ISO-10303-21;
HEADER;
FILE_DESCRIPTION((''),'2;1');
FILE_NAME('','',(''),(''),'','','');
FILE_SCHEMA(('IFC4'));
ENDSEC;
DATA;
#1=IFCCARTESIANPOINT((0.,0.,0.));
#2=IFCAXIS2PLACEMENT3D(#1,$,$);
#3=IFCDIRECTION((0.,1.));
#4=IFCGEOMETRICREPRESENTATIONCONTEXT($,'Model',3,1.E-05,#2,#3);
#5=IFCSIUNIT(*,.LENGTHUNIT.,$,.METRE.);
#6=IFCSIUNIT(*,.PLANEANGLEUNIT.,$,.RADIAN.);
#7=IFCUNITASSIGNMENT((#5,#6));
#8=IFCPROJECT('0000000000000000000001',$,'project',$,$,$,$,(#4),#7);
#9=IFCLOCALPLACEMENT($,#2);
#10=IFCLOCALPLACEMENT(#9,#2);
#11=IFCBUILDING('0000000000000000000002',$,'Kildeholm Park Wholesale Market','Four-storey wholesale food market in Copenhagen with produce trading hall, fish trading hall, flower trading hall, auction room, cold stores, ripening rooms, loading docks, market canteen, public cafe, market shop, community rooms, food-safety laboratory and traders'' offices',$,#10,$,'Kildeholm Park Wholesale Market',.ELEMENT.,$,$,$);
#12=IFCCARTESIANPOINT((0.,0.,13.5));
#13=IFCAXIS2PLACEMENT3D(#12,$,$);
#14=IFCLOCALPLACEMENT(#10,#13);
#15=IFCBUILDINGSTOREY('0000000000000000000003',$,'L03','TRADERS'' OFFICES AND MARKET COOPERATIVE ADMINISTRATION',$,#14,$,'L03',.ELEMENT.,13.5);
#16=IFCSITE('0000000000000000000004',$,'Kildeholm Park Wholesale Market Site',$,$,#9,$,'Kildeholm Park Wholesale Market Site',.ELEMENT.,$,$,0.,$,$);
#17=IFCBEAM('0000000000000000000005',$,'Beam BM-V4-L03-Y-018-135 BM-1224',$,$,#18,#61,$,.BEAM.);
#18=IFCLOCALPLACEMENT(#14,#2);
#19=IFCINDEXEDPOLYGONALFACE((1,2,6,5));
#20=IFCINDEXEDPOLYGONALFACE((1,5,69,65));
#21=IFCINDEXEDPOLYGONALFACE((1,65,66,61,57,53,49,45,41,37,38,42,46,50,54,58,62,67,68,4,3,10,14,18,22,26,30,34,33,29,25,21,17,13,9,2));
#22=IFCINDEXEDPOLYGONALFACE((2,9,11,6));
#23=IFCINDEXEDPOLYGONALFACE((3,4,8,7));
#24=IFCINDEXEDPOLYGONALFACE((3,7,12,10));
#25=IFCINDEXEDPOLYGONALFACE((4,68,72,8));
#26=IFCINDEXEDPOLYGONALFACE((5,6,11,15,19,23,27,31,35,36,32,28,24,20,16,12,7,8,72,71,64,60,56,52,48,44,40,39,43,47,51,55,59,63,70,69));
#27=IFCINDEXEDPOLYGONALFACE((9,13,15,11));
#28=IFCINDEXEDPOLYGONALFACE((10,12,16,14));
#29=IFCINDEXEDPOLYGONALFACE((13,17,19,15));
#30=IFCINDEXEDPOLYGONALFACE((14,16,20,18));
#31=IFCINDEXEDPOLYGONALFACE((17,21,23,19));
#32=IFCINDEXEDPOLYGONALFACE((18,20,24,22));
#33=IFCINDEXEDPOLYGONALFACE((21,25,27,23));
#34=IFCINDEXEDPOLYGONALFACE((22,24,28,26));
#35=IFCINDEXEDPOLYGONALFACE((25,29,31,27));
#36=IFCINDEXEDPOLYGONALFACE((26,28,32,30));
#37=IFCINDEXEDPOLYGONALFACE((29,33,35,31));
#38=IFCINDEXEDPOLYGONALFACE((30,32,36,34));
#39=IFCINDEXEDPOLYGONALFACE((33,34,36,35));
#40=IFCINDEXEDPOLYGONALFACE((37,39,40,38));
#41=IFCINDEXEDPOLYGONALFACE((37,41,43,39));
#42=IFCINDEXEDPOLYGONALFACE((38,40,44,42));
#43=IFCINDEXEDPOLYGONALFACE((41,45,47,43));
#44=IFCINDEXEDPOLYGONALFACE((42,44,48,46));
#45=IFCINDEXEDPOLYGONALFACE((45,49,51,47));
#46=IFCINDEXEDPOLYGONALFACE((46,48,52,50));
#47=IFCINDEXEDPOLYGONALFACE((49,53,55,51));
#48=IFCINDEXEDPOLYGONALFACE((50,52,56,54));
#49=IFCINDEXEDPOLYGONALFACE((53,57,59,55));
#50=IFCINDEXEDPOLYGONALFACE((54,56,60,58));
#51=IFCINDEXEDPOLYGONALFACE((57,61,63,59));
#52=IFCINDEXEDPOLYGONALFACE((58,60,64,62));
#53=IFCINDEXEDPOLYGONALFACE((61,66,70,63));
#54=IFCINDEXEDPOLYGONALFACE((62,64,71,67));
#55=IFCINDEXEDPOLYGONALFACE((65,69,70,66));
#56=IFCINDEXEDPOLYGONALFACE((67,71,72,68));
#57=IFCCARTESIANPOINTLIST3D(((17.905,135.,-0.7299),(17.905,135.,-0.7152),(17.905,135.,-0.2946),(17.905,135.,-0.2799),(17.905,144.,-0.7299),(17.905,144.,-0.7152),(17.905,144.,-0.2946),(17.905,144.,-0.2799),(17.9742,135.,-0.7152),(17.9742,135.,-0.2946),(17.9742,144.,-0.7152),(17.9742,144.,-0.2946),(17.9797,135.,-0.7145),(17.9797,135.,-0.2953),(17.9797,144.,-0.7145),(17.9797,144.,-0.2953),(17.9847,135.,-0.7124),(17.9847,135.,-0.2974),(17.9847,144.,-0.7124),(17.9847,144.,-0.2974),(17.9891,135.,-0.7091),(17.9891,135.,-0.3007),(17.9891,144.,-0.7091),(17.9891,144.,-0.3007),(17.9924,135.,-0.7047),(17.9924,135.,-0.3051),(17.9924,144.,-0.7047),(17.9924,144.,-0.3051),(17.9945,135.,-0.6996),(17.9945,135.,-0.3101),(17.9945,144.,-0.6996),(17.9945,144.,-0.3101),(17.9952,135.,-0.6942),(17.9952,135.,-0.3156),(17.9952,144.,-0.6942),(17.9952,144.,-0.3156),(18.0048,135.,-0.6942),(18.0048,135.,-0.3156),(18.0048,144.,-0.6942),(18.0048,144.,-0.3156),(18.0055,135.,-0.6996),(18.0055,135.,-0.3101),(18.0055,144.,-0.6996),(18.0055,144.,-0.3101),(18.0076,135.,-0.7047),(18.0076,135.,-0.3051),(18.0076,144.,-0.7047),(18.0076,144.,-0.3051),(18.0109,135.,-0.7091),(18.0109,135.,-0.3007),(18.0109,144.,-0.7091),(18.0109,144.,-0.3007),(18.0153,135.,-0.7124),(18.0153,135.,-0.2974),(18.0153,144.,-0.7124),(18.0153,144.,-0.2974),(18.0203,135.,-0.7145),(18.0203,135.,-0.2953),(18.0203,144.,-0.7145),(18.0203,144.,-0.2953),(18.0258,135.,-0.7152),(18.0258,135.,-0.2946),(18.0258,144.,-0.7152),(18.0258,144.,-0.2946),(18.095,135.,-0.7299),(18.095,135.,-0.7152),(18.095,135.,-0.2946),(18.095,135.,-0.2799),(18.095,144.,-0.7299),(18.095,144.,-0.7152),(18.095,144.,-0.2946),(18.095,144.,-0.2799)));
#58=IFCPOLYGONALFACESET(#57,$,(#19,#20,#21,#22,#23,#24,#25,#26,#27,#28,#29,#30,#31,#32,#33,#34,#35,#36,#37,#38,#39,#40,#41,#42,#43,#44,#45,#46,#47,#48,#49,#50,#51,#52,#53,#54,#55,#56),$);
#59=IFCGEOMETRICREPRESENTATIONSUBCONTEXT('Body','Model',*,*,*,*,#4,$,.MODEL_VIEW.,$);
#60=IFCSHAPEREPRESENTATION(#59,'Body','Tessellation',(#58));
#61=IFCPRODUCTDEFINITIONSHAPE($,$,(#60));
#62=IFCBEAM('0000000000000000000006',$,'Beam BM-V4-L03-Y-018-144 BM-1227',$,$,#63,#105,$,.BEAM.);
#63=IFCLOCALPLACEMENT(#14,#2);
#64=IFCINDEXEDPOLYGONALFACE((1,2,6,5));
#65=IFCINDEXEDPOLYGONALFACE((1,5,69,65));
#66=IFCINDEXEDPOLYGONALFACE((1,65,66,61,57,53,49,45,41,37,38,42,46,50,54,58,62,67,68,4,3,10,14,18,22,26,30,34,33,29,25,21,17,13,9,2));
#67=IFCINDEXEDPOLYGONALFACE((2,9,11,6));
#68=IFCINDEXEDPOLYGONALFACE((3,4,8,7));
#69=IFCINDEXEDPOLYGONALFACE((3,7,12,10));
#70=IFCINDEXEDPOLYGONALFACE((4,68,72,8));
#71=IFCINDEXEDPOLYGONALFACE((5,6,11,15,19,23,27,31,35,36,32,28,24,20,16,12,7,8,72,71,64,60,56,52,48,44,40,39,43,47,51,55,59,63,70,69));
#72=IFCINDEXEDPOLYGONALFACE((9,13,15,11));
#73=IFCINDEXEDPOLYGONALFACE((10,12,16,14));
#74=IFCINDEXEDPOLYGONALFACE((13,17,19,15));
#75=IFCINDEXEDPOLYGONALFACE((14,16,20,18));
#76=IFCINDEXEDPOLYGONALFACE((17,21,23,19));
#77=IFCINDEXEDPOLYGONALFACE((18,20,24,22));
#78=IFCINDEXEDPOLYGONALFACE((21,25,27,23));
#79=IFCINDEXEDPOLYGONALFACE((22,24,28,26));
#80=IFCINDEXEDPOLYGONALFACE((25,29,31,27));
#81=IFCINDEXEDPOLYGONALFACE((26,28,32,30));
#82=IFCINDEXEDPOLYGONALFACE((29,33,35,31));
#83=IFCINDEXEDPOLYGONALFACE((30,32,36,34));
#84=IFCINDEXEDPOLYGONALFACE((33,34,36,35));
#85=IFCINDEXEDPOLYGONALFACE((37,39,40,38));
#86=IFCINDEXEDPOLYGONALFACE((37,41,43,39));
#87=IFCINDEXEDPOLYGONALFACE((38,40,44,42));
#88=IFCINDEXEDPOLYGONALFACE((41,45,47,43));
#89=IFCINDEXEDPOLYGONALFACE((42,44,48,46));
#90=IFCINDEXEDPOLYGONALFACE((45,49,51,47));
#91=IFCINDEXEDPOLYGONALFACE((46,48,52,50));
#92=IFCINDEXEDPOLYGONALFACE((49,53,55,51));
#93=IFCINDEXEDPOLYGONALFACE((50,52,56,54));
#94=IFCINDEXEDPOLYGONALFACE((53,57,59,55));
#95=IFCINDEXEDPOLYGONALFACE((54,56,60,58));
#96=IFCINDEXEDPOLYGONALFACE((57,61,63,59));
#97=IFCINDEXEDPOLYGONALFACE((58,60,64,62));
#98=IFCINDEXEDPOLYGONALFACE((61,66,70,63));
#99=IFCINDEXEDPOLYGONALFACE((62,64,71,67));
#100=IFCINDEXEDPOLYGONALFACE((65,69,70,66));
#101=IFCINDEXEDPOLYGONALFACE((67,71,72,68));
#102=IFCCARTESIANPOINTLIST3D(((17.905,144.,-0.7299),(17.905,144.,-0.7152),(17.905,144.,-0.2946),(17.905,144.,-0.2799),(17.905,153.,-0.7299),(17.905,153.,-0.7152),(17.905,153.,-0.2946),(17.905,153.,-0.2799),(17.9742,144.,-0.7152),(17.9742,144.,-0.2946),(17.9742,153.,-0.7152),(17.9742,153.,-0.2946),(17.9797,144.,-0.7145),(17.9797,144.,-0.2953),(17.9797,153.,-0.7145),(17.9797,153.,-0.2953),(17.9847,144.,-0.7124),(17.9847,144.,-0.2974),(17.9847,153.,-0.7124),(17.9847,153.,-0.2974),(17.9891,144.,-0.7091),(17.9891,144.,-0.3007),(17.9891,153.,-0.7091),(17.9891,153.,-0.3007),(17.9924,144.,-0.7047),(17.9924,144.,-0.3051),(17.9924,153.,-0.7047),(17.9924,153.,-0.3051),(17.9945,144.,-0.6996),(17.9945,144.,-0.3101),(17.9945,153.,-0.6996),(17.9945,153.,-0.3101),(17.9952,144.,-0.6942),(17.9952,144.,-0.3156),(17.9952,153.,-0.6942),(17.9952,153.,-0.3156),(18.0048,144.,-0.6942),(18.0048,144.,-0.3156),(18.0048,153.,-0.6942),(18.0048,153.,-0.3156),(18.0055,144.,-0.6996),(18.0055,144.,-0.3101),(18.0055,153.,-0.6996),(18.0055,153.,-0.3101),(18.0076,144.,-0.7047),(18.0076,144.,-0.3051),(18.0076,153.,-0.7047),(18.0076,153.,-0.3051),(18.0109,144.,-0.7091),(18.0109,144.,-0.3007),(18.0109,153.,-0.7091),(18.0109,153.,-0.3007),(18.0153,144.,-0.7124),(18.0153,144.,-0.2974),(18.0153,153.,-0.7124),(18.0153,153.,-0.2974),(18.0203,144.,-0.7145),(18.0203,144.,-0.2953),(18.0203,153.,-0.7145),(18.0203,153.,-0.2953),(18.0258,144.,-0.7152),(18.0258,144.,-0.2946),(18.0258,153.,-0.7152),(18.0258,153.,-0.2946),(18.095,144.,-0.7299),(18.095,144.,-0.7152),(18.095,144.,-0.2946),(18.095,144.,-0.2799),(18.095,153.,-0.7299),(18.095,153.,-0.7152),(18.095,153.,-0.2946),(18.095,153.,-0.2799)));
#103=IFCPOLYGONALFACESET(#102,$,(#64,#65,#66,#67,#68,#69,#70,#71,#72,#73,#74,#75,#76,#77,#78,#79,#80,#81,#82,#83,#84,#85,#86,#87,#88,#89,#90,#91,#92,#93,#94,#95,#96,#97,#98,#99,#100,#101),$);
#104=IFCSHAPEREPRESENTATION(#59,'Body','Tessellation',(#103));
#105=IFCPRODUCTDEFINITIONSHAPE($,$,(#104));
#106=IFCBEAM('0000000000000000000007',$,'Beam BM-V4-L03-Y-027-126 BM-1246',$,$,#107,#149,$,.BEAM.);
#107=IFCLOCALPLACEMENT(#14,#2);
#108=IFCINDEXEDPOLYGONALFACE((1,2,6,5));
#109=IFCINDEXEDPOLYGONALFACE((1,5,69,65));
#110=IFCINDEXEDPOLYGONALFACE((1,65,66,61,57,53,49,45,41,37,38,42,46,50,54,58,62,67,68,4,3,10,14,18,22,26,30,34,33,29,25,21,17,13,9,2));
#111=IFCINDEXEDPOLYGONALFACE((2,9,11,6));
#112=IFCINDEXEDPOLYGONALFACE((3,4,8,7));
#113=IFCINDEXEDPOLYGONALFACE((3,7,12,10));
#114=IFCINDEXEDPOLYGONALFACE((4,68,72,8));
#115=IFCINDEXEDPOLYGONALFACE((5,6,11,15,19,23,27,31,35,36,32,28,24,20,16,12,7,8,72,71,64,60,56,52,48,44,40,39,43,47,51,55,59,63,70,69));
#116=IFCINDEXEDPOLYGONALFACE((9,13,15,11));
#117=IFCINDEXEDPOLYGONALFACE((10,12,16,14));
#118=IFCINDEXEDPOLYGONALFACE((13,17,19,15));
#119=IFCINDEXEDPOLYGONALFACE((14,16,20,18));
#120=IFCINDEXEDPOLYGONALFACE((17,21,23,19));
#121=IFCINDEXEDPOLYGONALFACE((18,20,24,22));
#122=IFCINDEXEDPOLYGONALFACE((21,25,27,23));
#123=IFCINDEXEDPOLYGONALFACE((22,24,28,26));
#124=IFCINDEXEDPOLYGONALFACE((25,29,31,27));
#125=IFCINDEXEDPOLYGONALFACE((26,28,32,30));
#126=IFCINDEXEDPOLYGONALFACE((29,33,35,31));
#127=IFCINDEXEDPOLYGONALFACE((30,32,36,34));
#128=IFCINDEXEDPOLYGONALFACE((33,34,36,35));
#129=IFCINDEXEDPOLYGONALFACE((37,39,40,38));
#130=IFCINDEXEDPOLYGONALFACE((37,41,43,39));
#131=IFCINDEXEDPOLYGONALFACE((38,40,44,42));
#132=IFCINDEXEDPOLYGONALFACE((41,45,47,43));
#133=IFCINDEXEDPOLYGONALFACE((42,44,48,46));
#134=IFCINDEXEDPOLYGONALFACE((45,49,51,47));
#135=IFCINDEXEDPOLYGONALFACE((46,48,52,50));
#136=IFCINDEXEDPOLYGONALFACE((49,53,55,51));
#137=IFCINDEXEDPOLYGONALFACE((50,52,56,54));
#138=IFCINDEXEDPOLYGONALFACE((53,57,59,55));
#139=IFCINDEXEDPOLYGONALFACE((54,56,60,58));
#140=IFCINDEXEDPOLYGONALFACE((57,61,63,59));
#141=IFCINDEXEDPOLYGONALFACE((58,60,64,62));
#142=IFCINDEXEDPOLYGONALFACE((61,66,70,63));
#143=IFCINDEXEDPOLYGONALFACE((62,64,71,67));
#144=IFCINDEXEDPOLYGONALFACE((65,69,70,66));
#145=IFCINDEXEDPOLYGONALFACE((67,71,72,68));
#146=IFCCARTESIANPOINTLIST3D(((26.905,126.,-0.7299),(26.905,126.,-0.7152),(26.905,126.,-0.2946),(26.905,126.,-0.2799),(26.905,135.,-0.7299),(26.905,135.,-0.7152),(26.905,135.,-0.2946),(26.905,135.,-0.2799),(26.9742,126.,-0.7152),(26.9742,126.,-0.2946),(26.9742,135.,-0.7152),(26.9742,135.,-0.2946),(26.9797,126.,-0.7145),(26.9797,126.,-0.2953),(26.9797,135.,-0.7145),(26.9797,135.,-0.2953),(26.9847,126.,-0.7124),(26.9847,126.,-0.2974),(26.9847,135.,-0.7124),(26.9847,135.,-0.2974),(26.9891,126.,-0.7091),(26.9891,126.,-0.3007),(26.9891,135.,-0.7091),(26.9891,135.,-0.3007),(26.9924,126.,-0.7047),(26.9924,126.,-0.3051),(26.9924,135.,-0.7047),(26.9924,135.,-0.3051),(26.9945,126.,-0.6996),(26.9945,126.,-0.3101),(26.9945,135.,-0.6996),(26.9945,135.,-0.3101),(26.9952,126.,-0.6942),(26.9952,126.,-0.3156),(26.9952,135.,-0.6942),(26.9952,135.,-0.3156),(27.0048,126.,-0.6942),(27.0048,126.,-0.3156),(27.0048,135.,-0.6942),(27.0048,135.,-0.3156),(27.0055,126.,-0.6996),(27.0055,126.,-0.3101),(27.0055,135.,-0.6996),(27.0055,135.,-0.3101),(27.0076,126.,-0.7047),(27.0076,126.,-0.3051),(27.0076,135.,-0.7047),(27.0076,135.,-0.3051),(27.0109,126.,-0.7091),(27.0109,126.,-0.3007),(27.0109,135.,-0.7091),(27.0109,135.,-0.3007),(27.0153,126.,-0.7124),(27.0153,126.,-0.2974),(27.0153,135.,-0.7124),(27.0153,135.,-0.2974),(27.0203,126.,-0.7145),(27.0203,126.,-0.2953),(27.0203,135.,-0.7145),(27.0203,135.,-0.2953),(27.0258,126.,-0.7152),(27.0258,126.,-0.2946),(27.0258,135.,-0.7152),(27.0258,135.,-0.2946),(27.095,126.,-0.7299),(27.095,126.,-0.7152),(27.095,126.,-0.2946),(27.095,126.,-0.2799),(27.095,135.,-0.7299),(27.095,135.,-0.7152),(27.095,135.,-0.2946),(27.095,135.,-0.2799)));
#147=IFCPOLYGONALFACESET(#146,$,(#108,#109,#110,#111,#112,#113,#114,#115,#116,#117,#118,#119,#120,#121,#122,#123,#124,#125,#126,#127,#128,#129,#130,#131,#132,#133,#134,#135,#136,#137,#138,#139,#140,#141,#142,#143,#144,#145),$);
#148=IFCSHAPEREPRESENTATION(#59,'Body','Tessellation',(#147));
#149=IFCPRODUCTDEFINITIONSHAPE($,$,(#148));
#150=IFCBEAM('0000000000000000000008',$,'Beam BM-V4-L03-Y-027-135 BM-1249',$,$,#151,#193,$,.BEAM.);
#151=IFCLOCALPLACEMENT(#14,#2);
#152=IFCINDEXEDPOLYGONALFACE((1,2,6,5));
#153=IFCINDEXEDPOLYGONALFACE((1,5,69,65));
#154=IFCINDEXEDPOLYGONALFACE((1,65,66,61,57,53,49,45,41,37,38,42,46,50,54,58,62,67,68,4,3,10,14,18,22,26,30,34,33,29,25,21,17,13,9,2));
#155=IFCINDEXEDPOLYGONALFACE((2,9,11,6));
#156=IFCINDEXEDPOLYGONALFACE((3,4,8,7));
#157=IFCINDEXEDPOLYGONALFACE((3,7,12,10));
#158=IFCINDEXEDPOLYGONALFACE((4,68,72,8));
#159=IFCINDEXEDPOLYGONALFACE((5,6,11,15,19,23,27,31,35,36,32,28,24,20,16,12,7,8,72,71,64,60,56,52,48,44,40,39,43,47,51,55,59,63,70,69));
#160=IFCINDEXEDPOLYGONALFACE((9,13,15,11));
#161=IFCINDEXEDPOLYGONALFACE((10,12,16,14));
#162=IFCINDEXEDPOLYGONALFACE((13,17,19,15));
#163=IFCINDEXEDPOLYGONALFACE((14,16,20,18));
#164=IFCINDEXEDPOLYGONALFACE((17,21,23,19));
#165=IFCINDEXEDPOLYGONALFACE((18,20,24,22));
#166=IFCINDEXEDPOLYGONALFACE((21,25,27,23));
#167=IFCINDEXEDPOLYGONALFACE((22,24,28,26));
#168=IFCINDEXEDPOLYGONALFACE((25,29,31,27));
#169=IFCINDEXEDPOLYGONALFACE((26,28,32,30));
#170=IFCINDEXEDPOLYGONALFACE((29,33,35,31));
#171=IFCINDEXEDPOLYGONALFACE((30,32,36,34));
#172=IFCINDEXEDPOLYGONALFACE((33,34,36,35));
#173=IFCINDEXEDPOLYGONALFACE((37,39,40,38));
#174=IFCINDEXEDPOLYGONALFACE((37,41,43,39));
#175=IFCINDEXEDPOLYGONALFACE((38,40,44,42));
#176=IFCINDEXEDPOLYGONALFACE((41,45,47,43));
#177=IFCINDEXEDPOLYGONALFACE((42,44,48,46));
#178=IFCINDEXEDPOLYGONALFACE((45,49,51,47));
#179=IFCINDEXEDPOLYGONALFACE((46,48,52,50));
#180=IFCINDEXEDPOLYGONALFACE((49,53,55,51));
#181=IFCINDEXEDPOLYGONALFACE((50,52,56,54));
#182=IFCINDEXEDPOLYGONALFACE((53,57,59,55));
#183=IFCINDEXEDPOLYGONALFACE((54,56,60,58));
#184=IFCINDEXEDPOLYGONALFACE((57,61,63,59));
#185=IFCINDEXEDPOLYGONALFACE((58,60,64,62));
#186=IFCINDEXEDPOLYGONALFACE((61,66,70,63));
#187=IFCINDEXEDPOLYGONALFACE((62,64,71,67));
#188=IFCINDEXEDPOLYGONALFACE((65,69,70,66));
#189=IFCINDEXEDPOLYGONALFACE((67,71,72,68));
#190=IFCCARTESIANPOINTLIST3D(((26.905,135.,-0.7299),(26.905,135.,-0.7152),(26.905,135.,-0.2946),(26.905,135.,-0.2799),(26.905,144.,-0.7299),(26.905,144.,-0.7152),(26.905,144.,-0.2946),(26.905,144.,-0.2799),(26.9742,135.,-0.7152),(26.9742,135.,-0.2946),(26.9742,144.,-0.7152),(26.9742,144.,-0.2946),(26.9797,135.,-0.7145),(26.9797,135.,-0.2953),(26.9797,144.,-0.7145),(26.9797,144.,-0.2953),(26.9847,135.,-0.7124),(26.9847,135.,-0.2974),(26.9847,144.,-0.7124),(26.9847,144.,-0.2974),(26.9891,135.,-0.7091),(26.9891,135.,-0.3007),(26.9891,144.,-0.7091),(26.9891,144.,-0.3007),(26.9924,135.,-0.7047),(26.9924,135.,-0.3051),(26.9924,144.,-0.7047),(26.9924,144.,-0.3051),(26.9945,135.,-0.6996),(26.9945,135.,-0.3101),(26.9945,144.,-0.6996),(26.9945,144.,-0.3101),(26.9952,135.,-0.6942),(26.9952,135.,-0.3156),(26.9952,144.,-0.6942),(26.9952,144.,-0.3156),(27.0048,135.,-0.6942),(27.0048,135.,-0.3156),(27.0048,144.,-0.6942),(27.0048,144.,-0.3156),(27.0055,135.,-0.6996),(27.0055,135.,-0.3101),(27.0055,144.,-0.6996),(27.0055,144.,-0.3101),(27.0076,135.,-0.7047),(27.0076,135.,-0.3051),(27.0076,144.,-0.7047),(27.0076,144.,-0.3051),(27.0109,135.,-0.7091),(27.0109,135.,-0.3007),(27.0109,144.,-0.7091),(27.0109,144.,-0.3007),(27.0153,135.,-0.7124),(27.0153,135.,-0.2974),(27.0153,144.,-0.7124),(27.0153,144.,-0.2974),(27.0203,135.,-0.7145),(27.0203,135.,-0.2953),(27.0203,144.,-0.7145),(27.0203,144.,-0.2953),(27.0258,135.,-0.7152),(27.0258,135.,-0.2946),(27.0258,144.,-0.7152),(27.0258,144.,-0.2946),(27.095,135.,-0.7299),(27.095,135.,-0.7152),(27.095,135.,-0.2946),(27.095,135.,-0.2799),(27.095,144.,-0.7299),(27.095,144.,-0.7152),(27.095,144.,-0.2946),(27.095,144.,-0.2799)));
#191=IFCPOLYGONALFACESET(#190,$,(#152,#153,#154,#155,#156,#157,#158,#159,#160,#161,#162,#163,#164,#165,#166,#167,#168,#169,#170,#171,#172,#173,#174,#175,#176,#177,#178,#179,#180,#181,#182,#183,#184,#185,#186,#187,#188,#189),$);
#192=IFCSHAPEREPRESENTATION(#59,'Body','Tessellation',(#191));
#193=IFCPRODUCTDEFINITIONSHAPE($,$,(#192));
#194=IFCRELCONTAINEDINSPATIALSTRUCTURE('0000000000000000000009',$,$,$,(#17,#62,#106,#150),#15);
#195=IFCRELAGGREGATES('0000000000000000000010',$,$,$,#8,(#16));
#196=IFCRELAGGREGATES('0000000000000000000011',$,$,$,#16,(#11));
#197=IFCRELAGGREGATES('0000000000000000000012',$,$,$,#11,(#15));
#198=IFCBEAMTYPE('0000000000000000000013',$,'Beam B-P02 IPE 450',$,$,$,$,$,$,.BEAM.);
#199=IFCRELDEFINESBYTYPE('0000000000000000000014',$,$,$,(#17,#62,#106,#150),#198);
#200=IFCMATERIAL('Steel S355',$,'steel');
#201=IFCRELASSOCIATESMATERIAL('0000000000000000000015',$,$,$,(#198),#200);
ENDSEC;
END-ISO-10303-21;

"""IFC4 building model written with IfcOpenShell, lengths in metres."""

from ifc_helpers import new_model, si_unit, direction, frame, origin, origin_2d, place, context, subcontext, project, spatial, i_section, extrude, material, material_profile, profile_set, type_object, element, save


model = new_model("IFC4")

# Units and contexts
model_context = context("Model", 3, precision=1e-05, world=origin(), true_north=direction((0.0, 1.0)))
body_context = subcontext(model_context, "Body", "Model", "MODEL_VIEW")
ifc_project = project(units=[si_unit("LENGTHUNIT", "METRE"), si_unit("PLANEANGLEUNIT", "RADIAN")], contexts=[model_context])

# Site, building, storey
site_placement = place(None, origin())
site = spatial("IfcSite", under=ifc_project, at=site_placement, Name="Kildeholm Park Wholesale Market Site", LongName="Kildeholm Park Wholesale Market Site", CompositionType="ELEMENT", RefElevation=0.0)
building_placement = place(site_placement, origin())
building = spatial("IfcBuilding", under=site, at=building_placement, Name="Kildeholm Park Wholesale Market", Description="Four-storey wholesale food market in Copenhagen with produce trading hall, fish trading hall, flower trading hall, auction room, cold stores, ripening rooms, loading docks, market canteen, public cafe, market shop, community rooms, food-safety laboratory and traders' offices", LongName="Kildeholm Park Wholesale Market", CompositionType="ELEMENT")
storey_placement = place(building_placement, frame((0.0, 0.0, 13.5)))
storey = spatial("IfcBuildingStorey", under=building, at=storey_placement, Name="L03", Description="TRADERS' OFFICES AND MARKET COOPERATIVE ADMINISTRATION", LongName="L03", CompositionType="ELEMENT", Elevation=13.5)

# Beams
ifc_material = material(Name="Steel S355", Category="steel")
ifc_material_profile_1 = material_profile(ifc_material, i_section(OverallWidth=0.1899, OverallDepth=0.45, WebThickness=0.0095, FlangeThickness=0.0146, FilletRadius=0.021, at=origin_2d()), Name="IPE 450")
ifc_profile_set_1 = profile_set([ifc_material_profile_1], Name="Steel S355")
beam_type_1 = type_object("IfcBeamType", Name="Beam B-P02 IPE 450", PredefinedType="BEAM", material=ifc_profile_set_1)
for number, where, z_axis, x_axis, name in (
    (1, (18.0, 135.0, -0.5049), (0.0, 1.0, 0.0), (-1.0, 0.0, 0.0), "Beam BM-V4-L03-Y-018-135 BM-1224"),
    (2, (18.0, 144.0, -0.5049), (0.0, 1.0, 0.0), (-1.0, 0.0, 0.0), "Beam BM-V4-L03-Y-018-144 BM-1227"),
    (3, (27.0, 126.0, -0.5049), (0.0, 1.0, 0.0), (-1.0, 0.0, 0.0), "Beam BM-V4-L03-Y-027-126 BM-1246"),
    (4, (27.0, 135.0, -0.5049), (0.0, 1.0, 0.0), (-1.0, 0.0, 0.0), "Beam BM-V4-L03-Y-027-135 BM-1249"),
):
    element("IfcBeam", number, at=place(storey_placement, frame(where, z_axis=z_axis, x_axis=x_axis)), inside=storey, type_object=beam_type_1, Name=name, PredefinedType="BEAM", context=body_context, shape_type="SweptSolid", body=[
        extrude(i_section(OverallWidth=0.1899, OverallDepth=0.45, WebThickness=0.0095, FlangeThickness=0.0146, FilletRadius=0.021, at=origin_2d()), origin(), (0.0, 0.0, 1.0), 9.0),
    ])

save(model, "model.ifc")
